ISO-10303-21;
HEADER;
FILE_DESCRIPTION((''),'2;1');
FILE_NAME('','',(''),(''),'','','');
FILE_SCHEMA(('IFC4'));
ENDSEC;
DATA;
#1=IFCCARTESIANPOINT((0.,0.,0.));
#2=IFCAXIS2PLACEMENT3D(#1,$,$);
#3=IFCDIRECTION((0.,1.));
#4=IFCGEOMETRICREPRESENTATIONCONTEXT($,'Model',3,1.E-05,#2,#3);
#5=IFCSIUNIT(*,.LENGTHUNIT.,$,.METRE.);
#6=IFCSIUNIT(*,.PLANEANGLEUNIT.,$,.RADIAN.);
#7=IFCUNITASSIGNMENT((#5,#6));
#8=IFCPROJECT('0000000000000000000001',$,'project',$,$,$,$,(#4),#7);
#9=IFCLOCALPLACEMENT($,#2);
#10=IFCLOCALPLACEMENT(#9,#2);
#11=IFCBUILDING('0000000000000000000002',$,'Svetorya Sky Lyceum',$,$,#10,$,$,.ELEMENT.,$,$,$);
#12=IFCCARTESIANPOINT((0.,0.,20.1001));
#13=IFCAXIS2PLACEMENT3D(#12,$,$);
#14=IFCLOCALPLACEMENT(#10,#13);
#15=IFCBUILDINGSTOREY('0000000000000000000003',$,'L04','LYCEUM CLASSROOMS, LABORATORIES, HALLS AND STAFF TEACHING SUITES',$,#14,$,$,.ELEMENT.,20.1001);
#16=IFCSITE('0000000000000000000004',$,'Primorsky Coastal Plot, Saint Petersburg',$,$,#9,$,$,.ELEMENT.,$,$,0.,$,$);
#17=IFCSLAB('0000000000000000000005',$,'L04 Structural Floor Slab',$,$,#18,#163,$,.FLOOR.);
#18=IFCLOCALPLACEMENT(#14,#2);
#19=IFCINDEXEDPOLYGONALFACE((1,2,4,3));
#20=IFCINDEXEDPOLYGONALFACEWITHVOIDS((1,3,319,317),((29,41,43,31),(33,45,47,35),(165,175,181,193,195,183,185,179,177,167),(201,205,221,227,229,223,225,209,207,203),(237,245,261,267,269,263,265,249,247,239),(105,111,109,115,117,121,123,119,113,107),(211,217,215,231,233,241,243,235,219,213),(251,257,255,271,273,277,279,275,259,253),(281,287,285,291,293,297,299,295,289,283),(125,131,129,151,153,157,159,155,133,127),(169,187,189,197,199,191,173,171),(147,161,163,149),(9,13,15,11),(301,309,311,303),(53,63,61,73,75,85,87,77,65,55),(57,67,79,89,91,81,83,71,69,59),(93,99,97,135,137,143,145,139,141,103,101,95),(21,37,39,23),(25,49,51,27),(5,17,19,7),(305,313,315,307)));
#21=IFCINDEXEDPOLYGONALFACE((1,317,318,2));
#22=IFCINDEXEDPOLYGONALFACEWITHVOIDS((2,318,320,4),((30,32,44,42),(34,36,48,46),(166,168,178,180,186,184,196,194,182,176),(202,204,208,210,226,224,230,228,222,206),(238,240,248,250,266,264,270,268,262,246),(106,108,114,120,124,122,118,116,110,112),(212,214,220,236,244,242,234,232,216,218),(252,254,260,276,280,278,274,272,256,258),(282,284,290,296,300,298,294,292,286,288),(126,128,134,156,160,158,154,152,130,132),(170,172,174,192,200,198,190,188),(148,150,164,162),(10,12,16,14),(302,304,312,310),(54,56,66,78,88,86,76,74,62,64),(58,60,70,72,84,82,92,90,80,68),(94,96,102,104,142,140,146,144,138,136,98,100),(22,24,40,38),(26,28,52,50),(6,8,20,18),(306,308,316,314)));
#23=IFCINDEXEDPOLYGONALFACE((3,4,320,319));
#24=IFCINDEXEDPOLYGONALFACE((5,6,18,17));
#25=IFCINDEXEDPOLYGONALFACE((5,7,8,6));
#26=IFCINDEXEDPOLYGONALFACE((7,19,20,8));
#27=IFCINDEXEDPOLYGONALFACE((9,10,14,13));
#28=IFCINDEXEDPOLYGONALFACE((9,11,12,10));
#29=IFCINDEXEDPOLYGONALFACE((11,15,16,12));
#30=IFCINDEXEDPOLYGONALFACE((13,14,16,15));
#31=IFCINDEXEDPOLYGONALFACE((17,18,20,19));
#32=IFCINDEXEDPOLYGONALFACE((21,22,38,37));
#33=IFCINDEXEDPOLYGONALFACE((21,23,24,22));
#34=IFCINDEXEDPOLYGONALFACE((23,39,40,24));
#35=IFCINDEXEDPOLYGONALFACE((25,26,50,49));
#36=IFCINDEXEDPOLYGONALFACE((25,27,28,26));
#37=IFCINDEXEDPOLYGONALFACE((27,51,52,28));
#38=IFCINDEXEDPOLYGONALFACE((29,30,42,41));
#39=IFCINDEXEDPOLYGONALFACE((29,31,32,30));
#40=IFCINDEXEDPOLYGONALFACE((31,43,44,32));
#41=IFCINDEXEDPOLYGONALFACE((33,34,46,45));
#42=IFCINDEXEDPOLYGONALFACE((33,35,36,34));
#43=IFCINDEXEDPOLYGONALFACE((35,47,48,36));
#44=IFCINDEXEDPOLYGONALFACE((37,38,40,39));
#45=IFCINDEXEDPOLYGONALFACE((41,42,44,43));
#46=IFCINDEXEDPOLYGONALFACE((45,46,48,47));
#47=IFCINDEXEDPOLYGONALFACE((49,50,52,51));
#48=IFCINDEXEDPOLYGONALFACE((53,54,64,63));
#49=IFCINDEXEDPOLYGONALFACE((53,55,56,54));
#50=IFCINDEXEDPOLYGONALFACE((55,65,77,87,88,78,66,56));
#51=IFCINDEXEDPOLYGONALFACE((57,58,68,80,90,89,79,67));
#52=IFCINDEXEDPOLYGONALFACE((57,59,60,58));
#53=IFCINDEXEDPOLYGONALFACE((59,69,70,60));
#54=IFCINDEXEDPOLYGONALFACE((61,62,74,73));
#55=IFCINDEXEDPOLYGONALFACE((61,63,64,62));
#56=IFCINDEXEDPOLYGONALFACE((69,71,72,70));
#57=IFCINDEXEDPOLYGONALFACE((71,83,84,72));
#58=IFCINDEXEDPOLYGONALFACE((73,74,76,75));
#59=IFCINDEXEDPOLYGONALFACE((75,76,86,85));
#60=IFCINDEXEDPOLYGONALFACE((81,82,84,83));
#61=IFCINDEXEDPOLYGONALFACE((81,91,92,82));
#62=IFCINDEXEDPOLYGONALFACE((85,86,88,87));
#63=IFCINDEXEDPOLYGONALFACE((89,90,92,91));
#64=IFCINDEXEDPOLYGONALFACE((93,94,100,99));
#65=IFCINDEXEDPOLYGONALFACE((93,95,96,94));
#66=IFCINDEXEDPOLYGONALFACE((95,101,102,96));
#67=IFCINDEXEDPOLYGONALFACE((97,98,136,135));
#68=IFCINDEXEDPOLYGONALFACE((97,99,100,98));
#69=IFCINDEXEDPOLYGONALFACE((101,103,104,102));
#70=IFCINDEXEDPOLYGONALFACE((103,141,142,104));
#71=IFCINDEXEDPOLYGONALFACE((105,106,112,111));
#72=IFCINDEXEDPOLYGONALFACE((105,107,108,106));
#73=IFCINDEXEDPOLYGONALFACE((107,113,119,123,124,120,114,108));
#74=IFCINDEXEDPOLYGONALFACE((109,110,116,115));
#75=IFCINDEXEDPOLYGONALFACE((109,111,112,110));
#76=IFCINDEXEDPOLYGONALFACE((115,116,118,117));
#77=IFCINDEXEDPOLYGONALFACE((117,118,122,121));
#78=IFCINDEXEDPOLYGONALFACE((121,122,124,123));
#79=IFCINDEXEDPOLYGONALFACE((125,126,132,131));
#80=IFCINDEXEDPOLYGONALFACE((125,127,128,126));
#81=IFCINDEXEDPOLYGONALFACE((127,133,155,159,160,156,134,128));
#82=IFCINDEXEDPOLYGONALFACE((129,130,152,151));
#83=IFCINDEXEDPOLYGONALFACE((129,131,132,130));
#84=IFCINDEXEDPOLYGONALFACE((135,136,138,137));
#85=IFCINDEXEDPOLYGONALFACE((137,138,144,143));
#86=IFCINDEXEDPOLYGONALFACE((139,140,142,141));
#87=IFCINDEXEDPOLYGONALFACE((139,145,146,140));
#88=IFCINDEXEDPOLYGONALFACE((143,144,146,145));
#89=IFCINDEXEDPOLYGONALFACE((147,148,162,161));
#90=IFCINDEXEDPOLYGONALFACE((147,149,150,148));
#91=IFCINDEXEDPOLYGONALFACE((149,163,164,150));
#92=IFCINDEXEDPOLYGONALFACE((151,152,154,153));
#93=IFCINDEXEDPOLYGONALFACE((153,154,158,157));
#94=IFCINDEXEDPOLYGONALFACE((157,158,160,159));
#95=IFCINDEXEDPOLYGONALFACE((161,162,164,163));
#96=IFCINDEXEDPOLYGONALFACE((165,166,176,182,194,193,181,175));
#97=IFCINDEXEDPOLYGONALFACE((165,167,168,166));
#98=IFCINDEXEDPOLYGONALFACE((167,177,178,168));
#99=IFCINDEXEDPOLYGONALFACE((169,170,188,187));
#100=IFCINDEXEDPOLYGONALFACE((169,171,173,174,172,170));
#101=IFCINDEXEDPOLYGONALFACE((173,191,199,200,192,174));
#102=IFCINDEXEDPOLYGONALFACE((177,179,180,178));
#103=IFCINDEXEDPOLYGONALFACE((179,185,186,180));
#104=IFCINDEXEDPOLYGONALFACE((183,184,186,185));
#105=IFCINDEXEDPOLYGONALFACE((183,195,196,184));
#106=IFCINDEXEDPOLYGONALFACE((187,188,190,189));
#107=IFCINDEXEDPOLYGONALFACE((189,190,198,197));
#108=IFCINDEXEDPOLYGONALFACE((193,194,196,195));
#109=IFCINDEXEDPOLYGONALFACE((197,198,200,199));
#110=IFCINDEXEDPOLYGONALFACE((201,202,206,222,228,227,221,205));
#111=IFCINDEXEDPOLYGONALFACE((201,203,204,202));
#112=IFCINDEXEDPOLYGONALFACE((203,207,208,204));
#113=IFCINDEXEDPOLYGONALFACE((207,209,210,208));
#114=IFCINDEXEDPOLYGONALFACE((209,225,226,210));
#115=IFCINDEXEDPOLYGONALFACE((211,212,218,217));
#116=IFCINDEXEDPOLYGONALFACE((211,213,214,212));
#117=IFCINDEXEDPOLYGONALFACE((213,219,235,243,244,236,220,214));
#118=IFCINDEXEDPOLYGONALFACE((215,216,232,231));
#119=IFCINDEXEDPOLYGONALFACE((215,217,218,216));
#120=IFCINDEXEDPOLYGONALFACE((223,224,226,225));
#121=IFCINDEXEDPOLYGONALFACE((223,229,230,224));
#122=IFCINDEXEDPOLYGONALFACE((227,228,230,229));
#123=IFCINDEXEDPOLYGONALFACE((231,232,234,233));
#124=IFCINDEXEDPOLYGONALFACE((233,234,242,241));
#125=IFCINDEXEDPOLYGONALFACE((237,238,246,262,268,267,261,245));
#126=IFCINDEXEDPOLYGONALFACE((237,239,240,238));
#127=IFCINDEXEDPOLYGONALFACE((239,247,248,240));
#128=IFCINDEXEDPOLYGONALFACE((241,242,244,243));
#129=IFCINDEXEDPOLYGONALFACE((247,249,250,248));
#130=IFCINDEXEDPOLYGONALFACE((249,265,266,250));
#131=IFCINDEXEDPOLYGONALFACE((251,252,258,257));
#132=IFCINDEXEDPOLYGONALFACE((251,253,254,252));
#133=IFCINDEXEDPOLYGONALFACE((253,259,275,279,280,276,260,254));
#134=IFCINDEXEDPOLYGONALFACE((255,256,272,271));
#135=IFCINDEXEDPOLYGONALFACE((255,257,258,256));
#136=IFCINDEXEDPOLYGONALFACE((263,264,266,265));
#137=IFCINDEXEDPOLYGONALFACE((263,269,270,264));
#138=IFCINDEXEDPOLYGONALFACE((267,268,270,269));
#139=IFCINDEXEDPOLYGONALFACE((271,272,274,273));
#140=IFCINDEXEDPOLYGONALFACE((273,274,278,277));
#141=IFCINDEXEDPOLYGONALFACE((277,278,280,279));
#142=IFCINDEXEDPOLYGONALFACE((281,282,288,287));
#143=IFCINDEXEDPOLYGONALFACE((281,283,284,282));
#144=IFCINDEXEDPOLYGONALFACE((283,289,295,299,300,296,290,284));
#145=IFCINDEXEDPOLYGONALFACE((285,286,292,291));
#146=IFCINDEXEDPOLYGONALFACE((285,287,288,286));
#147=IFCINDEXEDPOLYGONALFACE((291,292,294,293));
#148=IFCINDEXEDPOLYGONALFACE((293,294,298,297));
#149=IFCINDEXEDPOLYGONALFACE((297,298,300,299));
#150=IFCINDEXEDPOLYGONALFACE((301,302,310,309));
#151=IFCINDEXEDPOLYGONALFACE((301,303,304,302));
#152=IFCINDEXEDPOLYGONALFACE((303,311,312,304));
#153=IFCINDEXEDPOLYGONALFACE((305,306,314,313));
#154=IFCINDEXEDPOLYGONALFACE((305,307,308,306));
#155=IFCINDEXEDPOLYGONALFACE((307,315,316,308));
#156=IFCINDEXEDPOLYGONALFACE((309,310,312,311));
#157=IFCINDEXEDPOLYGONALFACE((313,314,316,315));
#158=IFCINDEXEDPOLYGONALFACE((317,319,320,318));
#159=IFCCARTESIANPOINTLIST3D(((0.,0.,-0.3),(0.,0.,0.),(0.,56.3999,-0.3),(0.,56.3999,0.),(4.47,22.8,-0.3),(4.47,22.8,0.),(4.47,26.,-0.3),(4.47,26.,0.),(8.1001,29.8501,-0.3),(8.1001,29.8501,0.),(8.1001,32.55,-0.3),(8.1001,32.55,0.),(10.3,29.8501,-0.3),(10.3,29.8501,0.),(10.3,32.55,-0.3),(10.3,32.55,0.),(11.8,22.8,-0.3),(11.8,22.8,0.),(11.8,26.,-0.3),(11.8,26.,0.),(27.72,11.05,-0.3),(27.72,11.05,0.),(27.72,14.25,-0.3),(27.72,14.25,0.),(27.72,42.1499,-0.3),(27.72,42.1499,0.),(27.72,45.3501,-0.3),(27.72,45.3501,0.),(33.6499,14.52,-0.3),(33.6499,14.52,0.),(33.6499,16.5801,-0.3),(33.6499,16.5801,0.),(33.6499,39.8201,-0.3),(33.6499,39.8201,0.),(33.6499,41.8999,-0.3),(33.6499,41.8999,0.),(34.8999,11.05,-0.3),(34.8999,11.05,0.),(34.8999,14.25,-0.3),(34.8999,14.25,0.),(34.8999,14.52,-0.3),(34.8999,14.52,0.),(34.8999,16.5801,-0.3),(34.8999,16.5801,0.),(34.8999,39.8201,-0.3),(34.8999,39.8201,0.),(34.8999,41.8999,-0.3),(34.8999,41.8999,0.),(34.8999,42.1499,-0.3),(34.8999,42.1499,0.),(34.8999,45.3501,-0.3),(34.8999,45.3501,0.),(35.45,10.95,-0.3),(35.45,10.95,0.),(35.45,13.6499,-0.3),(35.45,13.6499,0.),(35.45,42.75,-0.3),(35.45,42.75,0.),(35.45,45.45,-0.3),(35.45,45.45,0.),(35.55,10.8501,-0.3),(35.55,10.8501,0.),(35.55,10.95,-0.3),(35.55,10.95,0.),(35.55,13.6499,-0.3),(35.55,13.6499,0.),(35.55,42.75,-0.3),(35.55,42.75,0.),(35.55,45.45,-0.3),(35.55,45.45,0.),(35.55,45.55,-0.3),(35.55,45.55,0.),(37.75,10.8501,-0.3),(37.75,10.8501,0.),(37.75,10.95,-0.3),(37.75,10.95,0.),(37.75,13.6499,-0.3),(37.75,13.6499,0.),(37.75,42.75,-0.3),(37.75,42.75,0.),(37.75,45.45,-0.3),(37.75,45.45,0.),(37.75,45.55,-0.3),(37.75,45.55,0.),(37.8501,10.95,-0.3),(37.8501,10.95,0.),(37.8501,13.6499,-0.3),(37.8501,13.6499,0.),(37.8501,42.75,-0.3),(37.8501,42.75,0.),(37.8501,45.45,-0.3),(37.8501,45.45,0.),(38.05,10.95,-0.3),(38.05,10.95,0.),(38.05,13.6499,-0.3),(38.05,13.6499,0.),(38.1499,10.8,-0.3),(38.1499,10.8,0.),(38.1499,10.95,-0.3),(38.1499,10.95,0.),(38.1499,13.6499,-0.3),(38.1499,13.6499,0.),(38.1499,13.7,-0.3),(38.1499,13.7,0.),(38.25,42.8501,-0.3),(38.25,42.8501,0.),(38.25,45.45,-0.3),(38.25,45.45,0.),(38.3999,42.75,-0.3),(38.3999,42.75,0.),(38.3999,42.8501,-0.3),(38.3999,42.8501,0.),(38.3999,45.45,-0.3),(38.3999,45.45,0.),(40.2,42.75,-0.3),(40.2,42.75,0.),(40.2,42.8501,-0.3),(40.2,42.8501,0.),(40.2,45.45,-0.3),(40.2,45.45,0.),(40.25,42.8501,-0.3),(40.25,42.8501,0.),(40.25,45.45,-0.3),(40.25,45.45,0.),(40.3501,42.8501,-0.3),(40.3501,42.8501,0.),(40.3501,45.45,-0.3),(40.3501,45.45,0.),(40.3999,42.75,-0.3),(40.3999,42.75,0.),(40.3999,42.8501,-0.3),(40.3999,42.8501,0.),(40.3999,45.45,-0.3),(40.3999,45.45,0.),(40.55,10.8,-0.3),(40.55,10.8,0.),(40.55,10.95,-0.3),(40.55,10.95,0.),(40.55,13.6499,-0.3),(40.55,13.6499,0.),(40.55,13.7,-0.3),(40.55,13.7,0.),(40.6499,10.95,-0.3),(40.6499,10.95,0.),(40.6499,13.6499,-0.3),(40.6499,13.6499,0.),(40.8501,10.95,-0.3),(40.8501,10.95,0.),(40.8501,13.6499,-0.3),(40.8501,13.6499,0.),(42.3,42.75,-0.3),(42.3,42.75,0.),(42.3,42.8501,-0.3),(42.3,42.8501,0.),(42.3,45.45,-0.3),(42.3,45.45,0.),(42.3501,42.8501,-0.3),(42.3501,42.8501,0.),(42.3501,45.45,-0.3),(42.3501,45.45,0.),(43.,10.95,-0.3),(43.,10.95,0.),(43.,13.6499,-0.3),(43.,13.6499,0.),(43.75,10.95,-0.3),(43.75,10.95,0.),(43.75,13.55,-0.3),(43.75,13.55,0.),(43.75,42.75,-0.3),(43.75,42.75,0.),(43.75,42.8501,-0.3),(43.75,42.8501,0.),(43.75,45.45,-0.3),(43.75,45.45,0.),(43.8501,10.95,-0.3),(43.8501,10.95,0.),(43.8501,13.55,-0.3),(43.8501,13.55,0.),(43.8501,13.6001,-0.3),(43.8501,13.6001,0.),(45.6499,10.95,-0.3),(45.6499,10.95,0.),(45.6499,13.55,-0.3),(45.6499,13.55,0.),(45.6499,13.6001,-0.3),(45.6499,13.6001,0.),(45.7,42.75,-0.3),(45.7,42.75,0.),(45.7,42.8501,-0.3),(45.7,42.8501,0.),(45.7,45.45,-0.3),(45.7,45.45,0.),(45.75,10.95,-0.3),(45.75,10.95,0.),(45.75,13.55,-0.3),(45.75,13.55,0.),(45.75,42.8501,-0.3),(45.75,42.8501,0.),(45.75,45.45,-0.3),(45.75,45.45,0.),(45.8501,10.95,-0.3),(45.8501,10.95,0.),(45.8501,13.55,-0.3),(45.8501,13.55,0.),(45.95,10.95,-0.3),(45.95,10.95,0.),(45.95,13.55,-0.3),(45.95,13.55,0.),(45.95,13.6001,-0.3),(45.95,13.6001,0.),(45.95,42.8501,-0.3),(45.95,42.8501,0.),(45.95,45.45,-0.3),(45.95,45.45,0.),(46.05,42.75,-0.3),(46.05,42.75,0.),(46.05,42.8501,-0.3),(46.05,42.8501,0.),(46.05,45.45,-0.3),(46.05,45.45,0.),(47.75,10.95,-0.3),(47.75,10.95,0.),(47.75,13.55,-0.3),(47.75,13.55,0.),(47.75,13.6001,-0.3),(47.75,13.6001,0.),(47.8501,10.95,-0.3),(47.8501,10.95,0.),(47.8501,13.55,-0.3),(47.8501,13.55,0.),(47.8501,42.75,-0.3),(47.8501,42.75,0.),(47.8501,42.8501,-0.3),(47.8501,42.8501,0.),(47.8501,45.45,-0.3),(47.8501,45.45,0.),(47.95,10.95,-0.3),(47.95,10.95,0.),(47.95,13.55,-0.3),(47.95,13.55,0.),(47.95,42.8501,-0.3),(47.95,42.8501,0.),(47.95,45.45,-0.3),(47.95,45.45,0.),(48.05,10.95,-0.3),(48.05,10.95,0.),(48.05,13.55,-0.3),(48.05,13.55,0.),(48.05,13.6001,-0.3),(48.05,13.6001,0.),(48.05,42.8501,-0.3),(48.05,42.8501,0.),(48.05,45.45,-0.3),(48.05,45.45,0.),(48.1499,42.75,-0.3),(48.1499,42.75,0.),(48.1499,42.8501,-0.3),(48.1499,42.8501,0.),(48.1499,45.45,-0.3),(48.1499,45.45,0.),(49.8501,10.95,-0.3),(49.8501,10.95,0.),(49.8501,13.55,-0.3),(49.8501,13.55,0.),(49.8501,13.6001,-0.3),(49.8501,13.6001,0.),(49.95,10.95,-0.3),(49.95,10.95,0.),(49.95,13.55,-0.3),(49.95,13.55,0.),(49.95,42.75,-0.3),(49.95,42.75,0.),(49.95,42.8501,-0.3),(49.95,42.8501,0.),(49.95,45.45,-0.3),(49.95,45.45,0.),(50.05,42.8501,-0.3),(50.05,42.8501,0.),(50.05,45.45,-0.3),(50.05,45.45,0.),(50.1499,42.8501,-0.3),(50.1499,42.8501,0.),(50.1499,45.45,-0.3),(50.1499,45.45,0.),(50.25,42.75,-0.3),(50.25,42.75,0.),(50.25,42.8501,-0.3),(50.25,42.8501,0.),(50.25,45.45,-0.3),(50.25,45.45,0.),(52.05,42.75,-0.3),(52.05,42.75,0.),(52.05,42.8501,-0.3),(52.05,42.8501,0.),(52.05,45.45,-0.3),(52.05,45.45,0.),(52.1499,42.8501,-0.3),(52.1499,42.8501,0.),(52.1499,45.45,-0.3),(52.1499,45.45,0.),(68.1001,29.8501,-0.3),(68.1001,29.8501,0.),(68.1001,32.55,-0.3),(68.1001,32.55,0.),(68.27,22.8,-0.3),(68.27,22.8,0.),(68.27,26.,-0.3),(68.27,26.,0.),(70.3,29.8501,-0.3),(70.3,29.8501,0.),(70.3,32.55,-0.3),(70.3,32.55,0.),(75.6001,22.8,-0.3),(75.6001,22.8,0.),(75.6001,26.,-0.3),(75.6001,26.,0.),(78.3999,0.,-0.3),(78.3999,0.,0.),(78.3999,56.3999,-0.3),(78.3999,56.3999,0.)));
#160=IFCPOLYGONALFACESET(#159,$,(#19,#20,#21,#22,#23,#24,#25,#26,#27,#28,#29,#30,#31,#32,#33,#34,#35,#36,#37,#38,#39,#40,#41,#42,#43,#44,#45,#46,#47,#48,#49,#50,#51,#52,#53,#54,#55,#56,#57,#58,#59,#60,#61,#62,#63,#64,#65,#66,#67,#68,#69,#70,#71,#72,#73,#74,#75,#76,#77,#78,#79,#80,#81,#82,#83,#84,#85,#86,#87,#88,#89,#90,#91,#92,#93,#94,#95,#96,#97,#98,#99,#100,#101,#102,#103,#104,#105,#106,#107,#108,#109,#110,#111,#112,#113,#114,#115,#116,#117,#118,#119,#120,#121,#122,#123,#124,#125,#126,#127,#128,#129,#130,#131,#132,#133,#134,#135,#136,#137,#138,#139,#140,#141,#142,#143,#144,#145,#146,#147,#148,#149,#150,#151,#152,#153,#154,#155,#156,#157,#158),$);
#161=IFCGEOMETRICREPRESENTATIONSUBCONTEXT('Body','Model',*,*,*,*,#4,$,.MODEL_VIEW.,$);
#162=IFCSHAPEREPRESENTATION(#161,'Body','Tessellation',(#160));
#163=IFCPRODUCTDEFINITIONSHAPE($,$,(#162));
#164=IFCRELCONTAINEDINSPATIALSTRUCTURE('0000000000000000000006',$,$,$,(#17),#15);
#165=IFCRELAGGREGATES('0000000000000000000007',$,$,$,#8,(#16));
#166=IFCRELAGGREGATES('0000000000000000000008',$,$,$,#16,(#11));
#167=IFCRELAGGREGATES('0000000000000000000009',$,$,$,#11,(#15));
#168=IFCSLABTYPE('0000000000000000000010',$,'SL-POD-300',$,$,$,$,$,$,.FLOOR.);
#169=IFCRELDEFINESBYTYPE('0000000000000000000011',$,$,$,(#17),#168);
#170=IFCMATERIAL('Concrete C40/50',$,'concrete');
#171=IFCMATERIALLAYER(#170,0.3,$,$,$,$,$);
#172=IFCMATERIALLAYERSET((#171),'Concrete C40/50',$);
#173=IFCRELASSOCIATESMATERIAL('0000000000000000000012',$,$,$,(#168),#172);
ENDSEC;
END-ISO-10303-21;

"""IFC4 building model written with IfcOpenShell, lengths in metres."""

from ifc_helpers import new_model, si_unit, direction, frame, origin, place, context, subcontext, project, spatial, polyline, outline, extrude, material, layer, layer_set, type_object, element, save


model = new_model("IFC4")

# Units and contexts
model_context = context("Model", 3, precision=1e-05, world=origin(), true_north=direction((0.0, 1.0)))
body_context = subcontext(model_context, "Body", "Model", "MODEL_VIEW")
ifc_project = project(units=[si_unit("LENGTHUNIT", "METRE"), si_unit("PLANEANGLEUNIT", "RADIAN")], contexts=[model_context])

# Site, building, storey
site_placement = place(None, origin())
site = spatial("IfcSite", under=ifc_project, at=site_placement, Name="Primorsky Coastal Plot, Saint Petersburg", CompositionType="ELEMENT", RefElevation=0.0)
building_placement = place(site_placement, origin())
building = spatial("IfcBuilding", under=site, at=building_placement, Name="Svetorya Sky Lyceum", CompositionType="ELEMENT")
storey_placement = place(building_placement, frame((0.0, 0.0, 20.1001)))
storey = spatial("IfcBuildingStorey", under=building, at=storey_placement, Name="L04", Description="LYCEUM CLASSROOMS, LABORATORIES, HALLS AND STAFF TEACHING SUITES", CompositionType="ELEMENT", Elevation=20.1001)

# Slab
ifc_material_1 = material(Name="Concrete C40/50", Category="concrete")
ifc_layer_1 = layer(ifc_material_1, 0.3)
ifc_layer_set_1 = layer_set([ifc_layer_1], Name="Concrete C40/50")
slab_type_1 = type_object("IfcSlabType", Name="SL-POD-300", PredefinedType="FLOOR", material=ifc_layer_set_1)
slab_1_placement = place(storey_placement, frame((0.0, 0.0, -0.3)))
element("IfcSlab", 1, at=slab_1_placement, inside=storey, type_object=slab_type_1, Name="L04 Structural Floor Slab", PredefinedType="FLOOR", context=body_context, shape_type="SweptSolid", body=[
    extrude(outline(polyline([(0.0, 0.0), (78.3999, 0.0), (78.3999, 56.3999), (0.0, 56.3999), (0.0, 0.0)]), holes=[polyline([(40.6499, 10.95), (40.55, 10.95), (40.55, 10.8), (38.1499, 10.8), (38.1499, 10.95), (38.05, 10.95), (38.05, 13.6499), (38.1499, 13.6499), (38.1499, 13.7), (40.55, 13.7), (40.55, 13.6499), (40.6499, 13.6499), (40.6499, 10.95)]), polyline([(35.55, 10.95), (35.45, 10.95), (35.45, 13.6499), (35.55, 13.6499), (37.75, 13.6499), (37.8501, 13.6499), (37.8501, 10.95), (37.75, 10.95), (37.75, 10.8501), (35.55, 10.8501), (35.55, 10.95)]), polyline([(40.8501, 13.6499), (43.0, 13.6499), (43.0, 10.95), (40.8501, 10.95), (40.8501, 13.6499)]), polyline([(27.72, 14.25), (34.8999, 14.25), (34.8999, 11.05), (27.72, 11.05), (27.72, 14.25)]), polyline([(33.6499, 16.5801), (34.8999, 16.5801), (34.8999, 14.52), (33.6499, 14.52), (33.6499, 16.5801)]), polyline([(4.47, 26.0), (11.8, 26.0), (11.8, 22.8), (4.47, 22.8), (4.47, 26.0)]), polyline([(8.1001, 32.55), (10.3, 32.55), (10.3, 29.8501), (8.1001, 29.8501), (8.1001, 32.55)]), polyline([(33.6499, 41.8999), (34.8999, 41.8999), (34.8999, 39.8201), (33.6499, 39.8201), (33.6499, 41.8999)]), polyline([(27.72, 45.3501), (34.8999, 45.3501), (34.8999, 42.1499), (27.72, 42.1499), (27.72, 45.3501)]), polyline([(37.75, 45.45), (37.8501, 45.45), (37.8501, 42.75), (37.75, 42.75), (35.55, 42.75), (35.45, 42.75), (35.45, 45.45), (35.55, 45.45), (35.55, 45.55), (37.75, 45.55), (37.75, 45.45)]), polyline([(40.2, 42.8501), (40.2, 42.75), (38.3999, 42.75), (38.3999, 42.8501), (38.25, 42.8501), (38.25, 45.45), (38.3999, 45.45), (40.2, 45.45), (40.25, 45.45), (40.25, 42.8501), (40.2, 42.8501)]), polyline([(40.3999, 42.8501), (40.3501, 42.8501), (40.3501, 45.45), (40.3999, 45.45), (42.3, 45.45), (42.3501, 45.45), (42.3501, 42.8501), (42.3, 42.8501), (42.3, 42.75), (40.3999, 42.75), (40.3999, 42.8501)]), polyline([(43.8501, 10.95), (43.75, 10.95), (43.75, 13.55), (43.8501, 13.55), (43.8501, 13.6001), (45.6499, 13.6001), (45.6499, 13.55), (45.75, 13.55), (45.75, 10.95), (45.6499, 10.95), (43.8501, 10.95)]), polyline([(48.05, 10.95), (47.95, 10.95), (47.95, 13.55), (48.05, 13.55), (48.05, 13.6001), (49.8501, 13.6001), (49.8501, 13.55), (49.95, 13.55), (49.95, 10.95), (49.8501, 10.95), (48.05, 10.95)]), polyline([(45.95, 10.95), (45.8501, 10.95), (45.8501, 13.55), (45.95, 13.55), (45.95, 13.6001), (47.75, 13.6001), (47.75, 13.55), (47.8501, 13.55), (47.8501, 10.95), (47.75, 10.95), (45.95, 10.95)]), polyline([(75.6001, 26.0), (75.6001, 22.8), (68.27, 22.8), (68.27, 26.0), (75.6001, 26.0)]), polyline([(70.3, 32.55), (70.3, 29.8501), (68.1001, 29.8501), (68.1001, 32.55), (70.3, 32.55)]), polyline([(46.05, 42.8501), (45.95, 42.8501), (45.95, 45.45), (46.05, 45.45), (47.8501, 45.45), (47.95, 45.45), (47.95, 42.8501), (47.8501, 42.8501), (47.8501, 42.75), (46.05, 42.75), (46.05, 42.8501)]), polyline([(43.75, 42.8501), (43.75, 45.45), (45.7, 45.45), (45.75, 45.45), (45.75, 42.8501), (45.7, 42.8501), (45.7, 42.75), (43.75, 42.75), (43.75, 42.8501)]), polyline([(48.1499, 42.8501), (48.05, 42.8501), (48.05, 45.45), (48.1499, 45.45), (49.95, 45.45), (50.05, 45.45), (50.05, 42.8501), (49.95, 42.8501), (49.95, 42.75), (48.1499, 42.75), (48.1499, 42.8501)]), polyline([(52.05, 42.8501), (52.05, 42.75), (50.25, 42.75), (50.25, 42.8501), (50.1499, 42.8501), (50.1499, 45.45), (50.25, 45.45), (52.05, 45.45), (52.1499, 45.45), (52.1499, 42.8501), (52.05, 42.8501)])]), origin(), (0.0, 0.0, 1.0), 0.3),
])

save(model, "model.ifc")
